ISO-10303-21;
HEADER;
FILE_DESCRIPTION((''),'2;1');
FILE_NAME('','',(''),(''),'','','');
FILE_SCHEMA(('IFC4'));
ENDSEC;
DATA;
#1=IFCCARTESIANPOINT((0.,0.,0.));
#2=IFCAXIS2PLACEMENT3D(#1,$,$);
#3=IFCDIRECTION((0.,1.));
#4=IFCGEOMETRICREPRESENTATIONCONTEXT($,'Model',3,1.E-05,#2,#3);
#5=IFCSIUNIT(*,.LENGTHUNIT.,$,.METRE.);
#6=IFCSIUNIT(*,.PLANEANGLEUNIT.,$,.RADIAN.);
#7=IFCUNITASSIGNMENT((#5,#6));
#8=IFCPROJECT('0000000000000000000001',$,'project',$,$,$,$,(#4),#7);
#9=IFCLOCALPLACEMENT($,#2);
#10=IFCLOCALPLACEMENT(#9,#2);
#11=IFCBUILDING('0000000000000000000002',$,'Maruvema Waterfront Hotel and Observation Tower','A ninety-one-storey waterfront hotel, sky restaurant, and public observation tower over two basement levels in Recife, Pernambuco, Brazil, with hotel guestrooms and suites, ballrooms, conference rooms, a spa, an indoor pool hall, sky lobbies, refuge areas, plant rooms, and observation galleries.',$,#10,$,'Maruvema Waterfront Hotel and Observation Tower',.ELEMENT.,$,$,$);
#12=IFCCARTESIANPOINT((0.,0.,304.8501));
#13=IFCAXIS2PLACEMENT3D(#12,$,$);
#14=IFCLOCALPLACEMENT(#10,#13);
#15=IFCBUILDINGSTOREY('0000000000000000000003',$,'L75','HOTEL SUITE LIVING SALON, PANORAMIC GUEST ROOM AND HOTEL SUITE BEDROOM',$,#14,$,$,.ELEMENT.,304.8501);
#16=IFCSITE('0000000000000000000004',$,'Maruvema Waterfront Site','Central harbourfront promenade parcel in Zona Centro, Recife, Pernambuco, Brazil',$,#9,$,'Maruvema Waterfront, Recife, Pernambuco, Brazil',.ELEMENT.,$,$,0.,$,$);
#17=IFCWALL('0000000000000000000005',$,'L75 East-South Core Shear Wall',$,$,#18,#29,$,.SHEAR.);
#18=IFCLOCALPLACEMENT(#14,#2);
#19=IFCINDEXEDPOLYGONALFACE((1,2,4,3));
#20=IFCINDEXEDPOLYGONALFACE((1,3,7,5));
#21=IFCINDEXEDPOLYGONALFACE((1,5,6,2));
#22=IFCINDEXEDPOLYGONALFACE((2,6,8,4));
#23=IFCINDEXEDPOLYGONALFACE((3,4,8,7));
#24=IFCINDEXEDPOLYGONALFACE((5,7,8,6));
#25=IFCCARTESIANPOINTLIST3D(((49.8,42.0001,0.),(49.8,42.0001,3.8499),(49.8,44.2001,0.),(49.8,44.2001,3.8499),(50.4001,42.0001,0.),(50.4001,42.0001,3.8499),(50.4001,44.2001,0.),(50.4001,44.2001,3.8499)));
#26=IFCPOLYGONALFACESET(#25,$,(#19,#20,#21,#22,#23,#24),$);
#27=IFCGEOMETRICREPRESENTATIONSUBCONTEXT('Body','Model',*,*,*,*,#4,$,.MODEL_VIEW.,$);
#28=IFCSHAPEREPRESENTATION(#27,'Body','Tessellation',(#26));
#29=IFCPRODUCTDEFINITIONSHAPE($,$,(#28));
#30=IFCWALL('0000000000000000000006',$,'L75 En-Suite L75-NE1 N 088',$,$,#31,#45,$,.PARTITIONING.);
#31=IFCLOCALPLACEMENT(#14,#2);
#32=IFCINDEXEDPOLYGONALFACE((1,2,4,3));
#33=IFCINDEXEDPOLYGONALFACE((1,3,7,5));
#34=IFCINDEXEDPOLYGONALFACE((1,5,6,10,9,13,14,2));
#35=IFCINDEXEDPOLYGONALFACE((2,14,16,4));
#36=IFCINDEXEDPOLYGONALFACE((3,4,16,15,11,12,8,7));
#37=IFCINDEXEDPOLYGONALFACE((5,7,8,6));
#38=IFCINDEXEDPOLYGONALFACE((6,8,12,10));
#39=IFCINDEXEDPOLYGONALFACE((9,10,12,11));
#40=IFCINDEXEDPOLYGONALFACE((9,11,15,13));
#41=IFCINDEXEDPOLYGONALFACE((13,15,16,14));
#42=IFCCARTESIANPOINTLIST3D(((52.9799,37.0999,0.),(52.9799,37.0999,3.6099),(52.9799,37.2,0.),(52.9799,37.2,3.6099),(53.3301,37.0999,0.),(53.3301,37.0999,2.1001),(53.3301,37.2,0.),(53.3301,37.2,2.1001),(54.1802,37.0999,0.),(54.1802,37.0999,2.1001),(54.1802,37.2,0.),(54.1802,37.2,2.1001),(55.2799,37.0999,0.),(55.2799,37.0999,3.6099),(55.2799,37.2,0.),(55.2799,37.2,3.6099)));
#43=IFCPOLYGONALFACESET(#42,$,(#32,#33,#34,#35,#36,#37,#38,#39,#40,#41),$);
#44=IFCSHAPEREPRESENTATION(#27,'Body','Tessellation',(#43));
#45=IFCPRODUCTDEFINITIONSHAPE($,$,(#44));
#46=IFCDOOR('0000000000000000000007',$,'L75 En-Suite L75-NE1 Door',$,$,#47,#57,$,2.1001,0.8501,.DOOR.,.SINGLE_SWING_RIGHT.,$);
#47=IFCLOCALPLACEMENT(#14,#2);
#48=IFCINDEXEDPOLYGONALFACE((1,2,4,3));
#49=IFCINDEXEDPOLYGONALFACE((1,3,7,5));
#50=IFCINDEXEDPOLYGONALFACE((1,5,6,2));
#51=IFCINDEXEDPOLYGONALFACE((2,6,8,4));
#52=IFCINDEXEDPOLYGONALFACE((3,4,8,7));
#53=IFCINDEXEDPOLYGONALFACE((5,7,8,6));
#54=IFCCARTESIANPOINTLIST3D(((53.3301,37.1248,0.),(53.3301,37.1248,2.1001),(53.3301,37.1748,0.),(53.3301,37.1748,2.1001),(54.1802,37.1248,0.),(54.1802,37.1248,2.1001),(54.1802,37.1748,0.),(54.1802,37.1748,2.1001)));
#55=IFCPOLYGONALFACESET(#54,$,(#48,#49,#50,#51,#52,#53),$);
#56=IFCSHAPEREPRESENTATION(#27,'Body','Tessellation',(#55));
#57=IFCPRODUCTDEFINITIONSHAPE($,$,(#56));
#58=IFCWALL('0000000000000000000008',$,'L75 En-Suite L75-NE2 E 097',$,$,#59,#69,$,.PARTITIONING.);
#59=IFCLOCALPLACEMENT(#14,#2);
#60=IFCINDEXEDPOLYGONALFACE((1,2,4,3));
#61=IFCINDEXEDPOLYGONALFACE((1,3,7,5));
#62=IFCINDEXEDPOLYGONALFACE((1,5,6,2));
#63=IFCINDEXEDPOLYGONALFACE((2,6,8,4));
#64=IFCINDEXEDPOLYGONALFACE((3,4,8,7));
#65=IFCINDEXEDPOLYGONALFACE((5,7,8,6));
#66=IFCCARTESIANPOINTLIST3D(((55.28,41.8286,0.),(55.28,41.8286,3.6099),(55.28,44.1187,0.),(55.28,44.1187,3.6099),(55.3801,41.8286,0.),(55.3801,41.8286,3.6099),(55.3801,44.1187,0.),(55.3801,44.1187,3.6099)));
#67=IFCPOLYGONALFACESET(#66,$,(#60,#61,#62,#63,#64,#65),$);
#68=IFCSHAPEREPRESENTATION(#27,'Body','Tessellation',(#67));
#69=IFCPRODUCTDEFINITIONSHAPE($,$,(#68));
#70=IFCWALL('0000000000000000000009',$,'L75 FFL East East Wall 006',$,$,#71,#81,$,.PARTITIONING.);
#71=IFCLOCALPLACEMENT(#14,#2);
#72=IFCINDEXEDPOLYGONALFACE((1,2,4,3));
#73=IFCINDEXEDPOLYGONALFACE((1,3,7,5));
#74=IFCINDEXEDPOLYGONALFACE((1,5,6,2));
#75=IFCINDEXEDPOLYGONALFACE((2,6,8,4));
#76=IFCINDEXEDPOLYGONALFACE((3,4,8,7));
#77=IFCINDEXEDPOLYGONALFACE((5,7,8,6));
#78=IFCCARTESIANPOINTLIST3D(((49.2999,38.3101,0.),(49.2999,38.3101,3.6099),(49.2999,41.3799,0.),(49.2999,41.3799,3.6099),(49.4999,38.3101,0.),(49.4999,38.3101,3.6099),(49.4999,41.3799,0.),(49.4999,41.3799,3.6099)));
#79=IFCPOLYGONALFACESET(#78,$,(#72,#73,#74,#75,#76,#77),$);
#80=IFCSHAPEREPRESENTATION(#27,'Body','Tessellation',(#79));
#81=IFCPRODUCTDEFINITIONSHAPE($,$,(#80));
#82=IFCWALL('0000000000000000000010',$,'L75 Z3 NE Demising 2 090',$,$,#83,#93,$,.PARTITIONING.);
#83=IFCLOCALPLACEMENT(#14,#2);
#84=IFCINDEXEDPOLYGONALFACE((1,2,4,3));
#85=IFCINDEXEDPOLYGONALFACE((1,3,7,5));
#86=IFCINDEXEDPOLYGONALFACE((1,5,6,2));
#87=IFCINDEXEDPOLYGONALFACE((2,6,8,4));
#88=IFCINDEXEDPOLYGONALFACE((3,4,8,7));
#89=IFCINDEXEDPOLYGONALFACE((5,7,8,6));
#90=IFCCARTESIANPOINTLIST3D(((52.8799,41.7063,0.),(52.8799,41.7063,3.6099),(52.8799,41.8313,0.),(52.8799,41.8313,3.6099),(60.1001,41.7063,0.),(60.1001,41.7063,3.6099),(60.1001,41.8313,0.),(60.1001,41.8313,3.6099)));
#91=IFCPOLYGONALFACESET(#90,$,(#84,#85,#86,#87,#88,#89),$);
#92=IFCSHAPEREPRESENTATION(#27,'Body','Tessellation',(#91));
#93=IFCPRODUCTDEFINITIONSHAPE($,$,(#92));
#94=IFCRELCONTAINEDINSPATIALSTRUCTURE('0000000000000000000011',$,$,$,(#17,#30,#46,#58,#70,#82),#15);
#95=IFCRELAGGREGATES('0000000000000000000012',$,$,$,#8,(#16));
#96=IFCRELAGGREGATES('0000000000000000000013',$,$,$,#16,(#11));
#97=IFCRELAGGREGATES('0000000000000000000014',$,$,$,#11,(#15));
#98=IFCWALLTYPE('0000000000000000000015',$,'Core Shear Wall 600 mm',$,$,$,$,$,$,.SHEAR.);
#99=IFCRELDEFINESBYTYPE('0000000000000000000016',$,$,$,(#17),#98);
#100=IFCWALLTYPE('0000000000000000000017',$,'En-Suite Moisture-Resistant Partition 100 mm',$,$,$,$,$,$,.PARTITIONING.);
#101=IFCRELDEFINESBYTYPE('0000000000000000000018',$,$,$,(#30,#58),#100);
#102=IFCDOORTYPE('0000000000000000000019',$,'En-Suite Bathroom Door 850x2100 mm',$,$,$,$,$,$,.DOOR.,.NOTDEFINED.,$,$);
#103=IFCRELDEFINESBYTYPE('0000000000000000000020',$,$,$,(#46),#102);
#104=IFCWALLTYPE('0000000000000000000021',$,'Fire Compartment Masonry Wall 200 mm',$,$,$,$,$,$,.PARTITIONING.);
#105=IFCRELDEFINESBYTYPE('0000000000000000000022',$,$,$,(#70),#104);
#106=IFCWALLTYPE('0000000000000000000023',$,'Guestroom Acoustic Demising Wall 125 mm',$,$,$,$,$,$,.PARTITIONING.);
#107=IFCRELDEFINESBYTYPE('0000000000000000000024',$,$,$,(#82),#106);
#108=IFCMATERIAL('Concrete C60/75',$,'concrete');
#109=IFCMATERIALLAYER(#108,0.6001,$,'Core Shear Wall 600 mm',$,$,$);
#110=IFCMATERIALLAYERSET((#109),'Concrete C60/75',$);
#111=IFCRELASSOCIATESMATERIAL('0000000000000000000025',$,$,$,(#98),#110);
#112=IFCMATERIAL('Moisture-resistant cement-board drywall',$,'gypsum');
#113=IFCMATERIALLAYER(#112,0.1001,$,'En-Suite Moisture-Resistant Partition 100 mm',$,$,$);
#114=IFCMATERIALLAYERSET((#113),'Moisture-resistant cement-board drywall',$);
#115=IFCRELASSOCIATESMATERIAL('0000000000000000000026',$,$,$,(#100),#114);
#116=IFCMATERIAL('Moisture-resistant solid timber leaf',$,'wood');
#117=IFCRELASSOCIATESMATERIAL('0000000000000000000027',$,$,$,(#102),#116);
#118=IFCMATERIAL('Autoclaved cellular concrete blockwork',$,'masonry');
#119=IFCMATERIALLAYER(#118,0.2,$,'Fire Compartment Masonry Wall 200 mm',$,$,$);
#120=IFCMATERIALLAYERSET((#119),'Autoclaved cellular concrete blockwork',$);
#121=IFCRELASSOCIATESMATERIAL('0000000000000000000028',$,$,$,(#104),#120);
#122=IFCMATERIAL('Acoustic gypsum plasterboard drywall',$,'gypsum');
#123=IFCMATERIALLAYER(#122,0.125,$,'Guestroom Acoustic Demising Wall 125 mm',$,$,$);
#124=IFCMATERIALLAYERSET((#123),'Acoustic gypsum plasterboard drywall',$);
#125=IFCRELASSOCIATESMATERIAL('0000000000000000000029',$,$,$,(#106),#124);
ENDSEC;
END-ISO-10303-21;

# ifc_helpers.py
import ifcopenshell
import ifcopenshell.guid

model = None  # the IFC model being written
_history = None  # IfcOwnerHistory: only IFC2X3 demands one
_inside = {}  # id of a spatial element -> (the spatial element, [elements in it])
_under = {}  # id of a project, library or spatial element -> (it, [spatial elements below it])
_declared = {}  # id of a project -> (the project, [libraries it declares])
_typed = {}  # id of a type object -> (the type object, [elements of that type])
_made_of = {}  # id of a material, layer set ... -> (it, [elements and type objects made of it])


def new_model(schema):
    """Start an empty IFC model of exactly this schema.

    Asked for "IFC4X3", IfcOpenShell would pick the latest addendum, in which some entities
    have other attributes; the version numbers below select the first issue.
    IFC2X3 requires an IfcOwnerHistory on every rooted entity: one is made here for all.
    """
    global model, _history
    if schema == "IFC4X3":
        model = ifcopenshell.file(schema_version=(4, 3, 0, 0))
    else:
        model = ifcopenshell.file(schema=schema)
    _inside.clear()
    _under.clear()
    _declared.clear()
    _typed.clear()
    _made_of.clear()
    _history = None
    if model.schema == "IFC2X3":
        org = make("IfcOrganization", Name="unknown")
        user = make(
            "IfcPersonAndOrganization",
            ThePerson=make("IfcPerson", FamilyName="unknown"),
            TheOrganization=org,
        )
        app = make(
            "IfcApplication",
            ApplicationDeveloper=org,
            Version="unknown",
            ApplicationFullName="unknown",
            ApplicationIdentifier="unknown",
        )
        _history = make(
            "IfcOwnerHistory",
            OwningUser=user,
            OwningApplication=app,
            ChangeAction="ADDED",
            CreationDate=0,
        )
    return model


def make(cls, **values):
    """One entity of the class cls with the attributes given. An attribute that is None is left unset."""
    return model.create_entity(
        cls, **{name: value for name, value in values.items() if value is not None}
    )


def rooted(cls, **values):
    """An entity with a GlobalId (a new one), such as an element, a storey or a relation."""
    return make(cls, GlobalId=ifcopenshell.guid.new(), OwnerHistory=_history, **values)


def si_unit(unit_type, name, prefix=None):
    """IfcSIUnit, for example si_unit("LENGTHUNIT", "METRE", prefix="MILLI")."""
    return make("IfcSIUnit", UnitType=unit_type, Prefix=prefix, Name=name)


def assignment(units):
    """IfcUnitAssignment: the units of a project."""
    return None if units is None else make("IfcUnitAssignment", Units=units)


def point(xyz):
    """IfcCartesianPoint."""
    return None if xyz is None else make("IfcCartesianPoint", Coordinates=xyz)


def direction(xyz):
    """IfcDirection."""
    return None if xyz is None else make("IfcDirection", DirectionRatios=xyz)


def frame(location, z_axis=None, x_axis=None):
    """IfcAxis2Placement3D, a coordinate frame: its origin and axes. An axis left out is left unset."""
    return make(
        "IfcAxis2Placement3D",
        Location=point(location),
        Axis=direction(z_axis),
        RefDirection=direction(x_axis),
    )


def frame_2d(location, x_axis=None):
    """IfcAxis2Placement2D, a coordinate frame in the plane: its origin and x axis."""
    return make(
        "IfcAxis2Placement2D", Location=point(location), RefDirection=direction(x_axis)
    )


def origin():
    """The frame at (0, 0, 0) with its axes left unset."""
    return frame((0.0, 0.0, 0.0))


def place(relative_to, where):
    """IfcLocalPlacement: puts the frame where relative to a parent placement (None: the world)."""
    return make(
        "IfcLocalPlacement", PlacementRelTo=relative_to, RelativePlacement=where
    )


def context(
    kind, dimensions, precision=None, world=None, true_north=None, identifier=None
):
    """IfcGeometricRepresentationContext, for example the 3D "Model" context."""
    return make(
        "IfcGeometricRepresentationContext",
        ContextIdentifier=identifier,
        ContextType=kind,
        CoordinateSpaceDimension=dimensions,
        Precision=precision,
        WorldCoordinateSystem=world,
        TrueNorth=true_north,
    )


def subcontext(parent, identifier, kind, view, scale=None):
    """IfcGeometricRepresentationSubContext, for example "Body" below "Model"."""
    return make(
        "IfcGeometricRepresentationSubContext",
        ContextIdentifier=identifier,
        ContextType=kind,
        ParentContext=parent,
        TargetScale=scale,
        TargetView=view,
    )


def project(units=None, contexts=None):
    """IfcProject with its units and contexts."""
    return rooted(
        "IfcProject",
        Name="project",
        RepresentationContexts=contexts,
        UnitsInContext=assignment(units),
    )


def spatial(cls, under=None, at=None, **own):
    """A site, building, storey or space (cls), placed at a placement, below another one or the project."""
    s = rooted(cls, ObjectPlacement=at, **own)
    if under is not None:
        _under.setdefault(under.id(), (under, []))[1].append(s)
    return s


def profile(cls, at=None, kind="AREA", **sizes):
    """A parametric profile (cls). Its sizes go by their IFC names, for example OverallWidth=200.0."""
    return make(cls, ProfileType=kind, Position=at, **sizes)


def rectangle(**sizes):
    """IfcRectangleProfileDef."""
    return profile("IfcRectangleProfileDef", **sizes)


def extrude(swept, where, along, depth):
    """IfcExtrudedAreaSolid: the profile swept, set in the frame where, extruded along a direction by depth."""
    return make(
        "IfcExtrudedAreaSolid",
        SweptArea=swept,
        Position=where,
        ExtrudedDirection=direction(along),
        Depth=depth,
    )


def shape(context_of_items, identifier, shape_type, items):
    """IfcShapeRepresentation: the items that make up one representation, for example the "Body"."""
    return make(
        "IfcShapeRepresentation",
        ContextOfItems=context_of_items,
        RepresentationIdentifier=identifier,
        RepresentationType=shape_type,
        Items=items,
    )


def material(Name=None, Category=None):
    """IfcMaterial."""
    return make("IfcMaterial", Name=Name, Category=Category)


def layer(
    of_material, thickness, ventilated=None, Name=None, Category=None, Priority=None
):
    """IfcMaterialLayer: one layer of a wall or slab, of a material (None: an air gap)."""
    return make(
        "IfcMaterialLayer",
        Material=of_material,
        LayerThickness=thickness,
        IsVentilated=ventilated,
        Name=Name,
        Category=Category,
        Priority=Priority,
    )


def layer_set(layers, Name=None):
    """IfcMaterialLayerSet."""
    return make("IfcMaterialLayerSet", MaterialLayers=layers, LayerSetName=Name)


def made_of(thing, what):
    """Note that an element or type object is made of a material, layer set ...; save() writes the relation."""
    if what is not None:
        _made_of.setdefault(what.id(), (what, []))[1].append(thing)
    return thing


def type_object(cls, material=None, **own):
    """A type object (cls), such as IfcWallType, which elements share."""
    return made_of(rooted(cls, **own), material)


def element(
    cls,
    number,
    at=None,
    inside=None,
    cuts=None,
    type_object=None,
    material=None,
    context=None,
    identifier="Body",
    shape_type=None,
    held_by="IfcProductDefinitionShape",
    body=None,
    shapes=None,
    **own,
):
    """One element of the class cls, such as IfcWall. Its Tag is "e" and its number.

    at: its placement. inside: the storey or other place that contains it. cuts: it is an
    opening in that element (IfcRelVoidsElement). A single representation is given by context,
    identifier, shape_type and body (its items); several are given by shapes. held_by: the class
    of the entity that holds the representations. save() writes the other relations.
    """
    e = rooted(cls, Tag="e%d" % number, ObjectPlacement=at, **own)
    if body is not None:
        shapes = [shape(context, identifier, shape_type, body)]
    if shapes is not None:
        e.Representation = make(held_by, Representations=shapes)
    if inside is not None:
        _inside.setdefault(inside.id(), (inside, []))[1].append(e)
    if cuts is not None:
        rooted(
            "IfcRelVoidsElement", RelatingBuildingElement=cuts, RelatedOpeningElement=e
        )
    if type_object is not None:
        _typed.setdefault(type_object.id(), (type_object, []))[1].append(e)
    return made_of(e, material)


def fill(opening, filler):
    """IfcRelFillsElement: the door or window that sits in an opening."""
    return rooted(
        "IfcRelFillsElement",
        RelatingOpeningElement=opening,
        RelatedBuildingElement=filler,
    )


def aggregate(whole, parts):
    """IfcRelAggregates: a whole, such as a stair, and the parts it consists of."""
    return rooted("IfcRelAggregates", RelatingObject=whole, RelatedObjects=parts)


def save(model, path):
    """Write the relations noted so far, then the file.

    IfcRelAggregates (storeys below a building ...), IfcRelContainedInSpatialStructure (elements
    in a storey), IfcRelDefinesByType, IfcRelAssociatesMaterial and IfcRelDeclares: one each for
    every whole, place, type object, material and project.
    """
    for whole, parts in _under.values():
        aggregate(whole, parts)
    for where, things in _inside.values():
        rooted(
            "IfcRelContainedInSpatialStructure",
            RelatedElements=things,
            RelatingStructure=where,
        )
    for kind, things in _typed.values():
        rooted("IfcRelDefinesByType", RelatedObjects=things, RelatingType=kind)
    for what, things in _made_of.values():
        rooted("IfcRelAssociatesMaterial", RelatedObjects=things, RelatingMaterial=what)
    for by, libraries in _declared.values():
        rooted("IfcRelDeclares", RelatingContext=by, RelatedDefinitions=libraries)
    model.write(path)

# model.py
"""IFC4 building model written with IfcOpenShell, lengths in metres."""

from ifc_helpers import new_model, si_unit, direction, frame, frame_2d, origin, place, context, subcontext, project, spatial, rectangle, extrude, material, layer, layer_set, type_object, element, fill, save


model = new_model("IFC4")

# Units and contexts
model_context = context("Model", 3, precision=1e-05, world=origin(), true_north=direction((0.0, 1.0)))
body_context = subcontext(model_context, "Body", "Model", "MODEL_VIEW")
ifc_project = project(units=[si_unit("LENGTHUNIT", "METRE"), si_unit("PLANEANGLEUNIT", "RADIAN")], contexts=[model_context])

# Site, building, storey
site_placement = place(None, origin())
site = spatial("IfcSite", under=ifc_project, at=site_placement, Name="Maruvema Waterfront Site", Description="Central harbourfront promenade parcel in Zona Centro, Recife, Pernambuco, Brazil", LongName="Maruvema Waterfront, Recife, Pernambuco, Brazil", CompositionType="ELEMENT", RefElevation=0.0)
building_placement = place(site_placement, origin())
building = spatial("IfcBuilding", under=site, at=building_placement, Name="Maruvema Waterfront Hotel and Observation Tower", Description="A ninety-one-storey waterfront hotel, sky restaurant, and public observation tower over two basement levels in Recife, Pernambuco, Brazil, with hotel guestrooms and suites, ballrooms, conference rooms, a spa, an indoor pool hall, sky lobbies, refuge areas, plant rooms, and observation galleries.", LongName="Maruvema Waterfront Hotel and Observation Tower", CompositionType="ELEMENT")
storey_placement = place(building_placement, frame((0.0, 0.0, 304.8501)))
storey = spatial("IfcBuildingStorey", under=building, at=storey_placement, Name="L75", Description="HOTEL SUITE LIVING SALON, PANORAMIC GUEST ROOM AND HOTEL SUITE BEDROOM", CompositionType="ELEMENT", Elevation=304.8501)

# Wall
ifc_material_1 = material(Name="Concrete C60/75", Category="concrete")
ifc_layer_1 = layer(ifc_material_1, 0.6001, Name="Core Shear Wall 600 mm")
ifc_layer_set_1 = layer_set([ifc_layer_1], Name="Concrete C60/75")
wall_type_1 = type_object("IfcWallType", Name="Core Shear Wall 600 mm", PredefinedType="SHEAR", material=ifc_layer_set_1)
wall_1_placement = place(storey_placement, frame((50.1001, 42.0, 0.0), z_axis=(0.0, 0.0, 1.0), x_axis=(0.0, 1.0, 0.0)))
element("IfcWall", 1, at=wall_1_placement, inside=storey, type_object=wall_type_1, Name="L75 East-South Core Shear Wall", PredefinedType="SHEAR", context=body_context, shape_type="SweptSolid", body=[
    extrude(rectangle(XDim=2.2, YDim=0.6001, at=frame_2d((1.1001, 0.0))), origin(), (0.0, 0.0, 1.0), 3.8499),
])

# Wall, opening, door
ifc_material_2 = material(Name="Moisture-resistant cement-board drywall", Category="gypsum")
ifc_layer_2 = layer(ifc_material_2, 0.1001, Name="En-Suite Moisture-Resistant Partition 100 mm")
ifc_layer_set_2 = layer_set([ifc_layer_2], Name="Moisture-resistant cement-board drywall")
wall_type_2 = type_object("IfcWallType", Name="En-Suite Moisture-Resistant Partition 100 mm", PredefinedType="PARTITIONING", material=ifc_layer_set_2)
wall_2_placement = place(storey_placement, frame((52.98, 37.1499, 0.0), z_axis=(0.0, 0.0, 1.0), x_axis=(1.0, 0.0, 0.0)))
wall_2 = element("IfcWall", 2, at=wall_2_placement, inside=storey, type_object=wall_type_2, Name="L75 En-Suite L75-NE1 N 088", PredefinedType="PARTITIONING", context=body_context, shape_type="SweptSolid", body=[
    extrude(rectangle(XDim=2.3, YDim=0.1001, at=frame_2d((1.1499, 0.0))), origin(), (0.0, 0.0, 1.0), 3.6099),
])
opening_1_placement = place(wall_2_placement, frame((0.3501, 0.0, 0.0)))
opening_1 = element("IfcOpeningElement", 3, at=opening_1_placement, cuts=wall_2, PredefinedType="OPENING", context=body_context, shape_type="SweptSolid", body=[
    extrude(rectangle(XDim=0.8501, YDim=2.1001, at=frame_2d((0.425, 1.05))), frame((0.0, 0.0601, 0.0), z_axis=(0.0, -1.0, 0.0), x_axis=(1.0, 0.0, 0.0)), (0.0, 0.0, 1.0), 0.1201),
])
ifc_material_3 = material(Name="Moisture-resistant solid timber leaf", Category="wood")
door_type_1 = type_object("IfcDoorType", Name="En-Suite Bathroom Door 850x2100 mm", OperationType="NOTDEFINED", PredefinedType="DOOR", material=ifc_material_3)
door_1_placement = place(opening_1_placement, origin())
door_1 = element("IfcDoor", 4, at=door_1_placement, inside=storey, type_object=door_type_1, Name="L75 En-Suite L75-NE1 Door", OperationType="SINGLE_SWING_RIGHT", OverallHeight=2.1001, OverallWidth=0.8501, PredefinedType="DOOR", context=body_context, shape_type="SweptSolid", body=[
    extrude(rectangle(XDim=0.8501, YDim=2.1001, at=frame_2d((0.425, 1.05))), frame((0.0, 0.0249, 0.0), z_axis=(0.0, -1.0, 0.0), x_axis=(1.0, 0.0, 0.0)), (0.0, 0.0, 1.0), 0.05),
])
fill(opening_1, door_1)

# Walls
wall_3_placement = place(storey_placement, frame((55.3301, 41.8286, 0.0), z_axis=(0.0, 0.0, 1.0), x_axis=(0.0, 1.0, 0.0)))
element("IfcWall", 5, at=wall_3_placement, inside=storey, type_object=wall_type_2, Name="L75 En-Suite L75-NE2 E 097", PredefinedType="PARTITIONING", context=body_context, shape_type="SweptSolid", body=[
    extrude(rectangle(XDim=2.29, YDim=0.1001, at=frame_2d((1.145, 0.0))), origin(), (0.0, 0.0, 1.0), 3.6099),
])
ifc_material_4 = material(Name="Autoclaved cellular concrete blockwork", Category="masonry")
ifc_layer_3 = layer(ifc_material_4, 0.2, Name="Fire Compartment Masonry Wall 200 mm")
ifc_layer_set_3 = layer_set([ifc_layer_3], Name="Autoclaved cellular concrete blockwork")
wall_type_3 = type_object("IfcWallType", Name="Fire Compartment Masonry Wall 200 mm", PredefinedType="PARTITIONING", material=ifc_layer_set_3)
wall_4_placement = place(storey_placement, frame((49.3999, 38.3101, 0.0), z_axis=(0.0, 0.0, 1.0), x_axis=(0.0, 1.0, 0.0)))
element("IfcWall", 6, at=wall_4_placement, inside=storey, type_object=wall_type_3, Name="L75 FFL East East Wall 006", PredefinedType="PARTITIONING", context=body_context, shape_type="SweptSolid", body=[
    extrude(rectangle(XDim=3.0698, YDim=0.2, at=frame_2d((1.5349, 0.0))), origin(), (0.0, 0.0, 1.0), 3.6099),
])
ifc_material_5 = material(Name="Acoustic gypsum plasterboard drywall", Category="gypsum")
ifc_layer_4 = layer(ifc_material_5, 0.125, Name="Guestroom Acoustic Demising Wall 125 mm")
ifc_layer_set_4 = layer_set([ifc_layer_4], Name="Acoustic gypsum plasterboard drywall")
wall_type_4 = type_object("IfcWallType", Name="Guestroom Acoustic Demising Wall 125 mm", PredefinedType="PARTITIONING", material=ifc_layer_set_4)
wall_5_placement = place(storey_placement, frame((52.8799, 41.7688, 0.0), z_axis=(0.0, 0.0, 1.0), x_axis=(1.0, 0.0, 0.0)))
element("IfcWall", 7, at=wall_5_placement, inside=storey, type_object=wall_type_4, Name="L75 Z3 NE Demising 2 090", PredefinedType="PARTITIONING", context=body_context, shape_type="SweptSolid", body=[
    extrude(rectangle(XDim=7.2202, YDim=0.125, at=frame_2d((3.6101, 0.0))), origin(), (0.0, 0.0, 1.0), 3.6099),
])

save(model, "model.ifc")
